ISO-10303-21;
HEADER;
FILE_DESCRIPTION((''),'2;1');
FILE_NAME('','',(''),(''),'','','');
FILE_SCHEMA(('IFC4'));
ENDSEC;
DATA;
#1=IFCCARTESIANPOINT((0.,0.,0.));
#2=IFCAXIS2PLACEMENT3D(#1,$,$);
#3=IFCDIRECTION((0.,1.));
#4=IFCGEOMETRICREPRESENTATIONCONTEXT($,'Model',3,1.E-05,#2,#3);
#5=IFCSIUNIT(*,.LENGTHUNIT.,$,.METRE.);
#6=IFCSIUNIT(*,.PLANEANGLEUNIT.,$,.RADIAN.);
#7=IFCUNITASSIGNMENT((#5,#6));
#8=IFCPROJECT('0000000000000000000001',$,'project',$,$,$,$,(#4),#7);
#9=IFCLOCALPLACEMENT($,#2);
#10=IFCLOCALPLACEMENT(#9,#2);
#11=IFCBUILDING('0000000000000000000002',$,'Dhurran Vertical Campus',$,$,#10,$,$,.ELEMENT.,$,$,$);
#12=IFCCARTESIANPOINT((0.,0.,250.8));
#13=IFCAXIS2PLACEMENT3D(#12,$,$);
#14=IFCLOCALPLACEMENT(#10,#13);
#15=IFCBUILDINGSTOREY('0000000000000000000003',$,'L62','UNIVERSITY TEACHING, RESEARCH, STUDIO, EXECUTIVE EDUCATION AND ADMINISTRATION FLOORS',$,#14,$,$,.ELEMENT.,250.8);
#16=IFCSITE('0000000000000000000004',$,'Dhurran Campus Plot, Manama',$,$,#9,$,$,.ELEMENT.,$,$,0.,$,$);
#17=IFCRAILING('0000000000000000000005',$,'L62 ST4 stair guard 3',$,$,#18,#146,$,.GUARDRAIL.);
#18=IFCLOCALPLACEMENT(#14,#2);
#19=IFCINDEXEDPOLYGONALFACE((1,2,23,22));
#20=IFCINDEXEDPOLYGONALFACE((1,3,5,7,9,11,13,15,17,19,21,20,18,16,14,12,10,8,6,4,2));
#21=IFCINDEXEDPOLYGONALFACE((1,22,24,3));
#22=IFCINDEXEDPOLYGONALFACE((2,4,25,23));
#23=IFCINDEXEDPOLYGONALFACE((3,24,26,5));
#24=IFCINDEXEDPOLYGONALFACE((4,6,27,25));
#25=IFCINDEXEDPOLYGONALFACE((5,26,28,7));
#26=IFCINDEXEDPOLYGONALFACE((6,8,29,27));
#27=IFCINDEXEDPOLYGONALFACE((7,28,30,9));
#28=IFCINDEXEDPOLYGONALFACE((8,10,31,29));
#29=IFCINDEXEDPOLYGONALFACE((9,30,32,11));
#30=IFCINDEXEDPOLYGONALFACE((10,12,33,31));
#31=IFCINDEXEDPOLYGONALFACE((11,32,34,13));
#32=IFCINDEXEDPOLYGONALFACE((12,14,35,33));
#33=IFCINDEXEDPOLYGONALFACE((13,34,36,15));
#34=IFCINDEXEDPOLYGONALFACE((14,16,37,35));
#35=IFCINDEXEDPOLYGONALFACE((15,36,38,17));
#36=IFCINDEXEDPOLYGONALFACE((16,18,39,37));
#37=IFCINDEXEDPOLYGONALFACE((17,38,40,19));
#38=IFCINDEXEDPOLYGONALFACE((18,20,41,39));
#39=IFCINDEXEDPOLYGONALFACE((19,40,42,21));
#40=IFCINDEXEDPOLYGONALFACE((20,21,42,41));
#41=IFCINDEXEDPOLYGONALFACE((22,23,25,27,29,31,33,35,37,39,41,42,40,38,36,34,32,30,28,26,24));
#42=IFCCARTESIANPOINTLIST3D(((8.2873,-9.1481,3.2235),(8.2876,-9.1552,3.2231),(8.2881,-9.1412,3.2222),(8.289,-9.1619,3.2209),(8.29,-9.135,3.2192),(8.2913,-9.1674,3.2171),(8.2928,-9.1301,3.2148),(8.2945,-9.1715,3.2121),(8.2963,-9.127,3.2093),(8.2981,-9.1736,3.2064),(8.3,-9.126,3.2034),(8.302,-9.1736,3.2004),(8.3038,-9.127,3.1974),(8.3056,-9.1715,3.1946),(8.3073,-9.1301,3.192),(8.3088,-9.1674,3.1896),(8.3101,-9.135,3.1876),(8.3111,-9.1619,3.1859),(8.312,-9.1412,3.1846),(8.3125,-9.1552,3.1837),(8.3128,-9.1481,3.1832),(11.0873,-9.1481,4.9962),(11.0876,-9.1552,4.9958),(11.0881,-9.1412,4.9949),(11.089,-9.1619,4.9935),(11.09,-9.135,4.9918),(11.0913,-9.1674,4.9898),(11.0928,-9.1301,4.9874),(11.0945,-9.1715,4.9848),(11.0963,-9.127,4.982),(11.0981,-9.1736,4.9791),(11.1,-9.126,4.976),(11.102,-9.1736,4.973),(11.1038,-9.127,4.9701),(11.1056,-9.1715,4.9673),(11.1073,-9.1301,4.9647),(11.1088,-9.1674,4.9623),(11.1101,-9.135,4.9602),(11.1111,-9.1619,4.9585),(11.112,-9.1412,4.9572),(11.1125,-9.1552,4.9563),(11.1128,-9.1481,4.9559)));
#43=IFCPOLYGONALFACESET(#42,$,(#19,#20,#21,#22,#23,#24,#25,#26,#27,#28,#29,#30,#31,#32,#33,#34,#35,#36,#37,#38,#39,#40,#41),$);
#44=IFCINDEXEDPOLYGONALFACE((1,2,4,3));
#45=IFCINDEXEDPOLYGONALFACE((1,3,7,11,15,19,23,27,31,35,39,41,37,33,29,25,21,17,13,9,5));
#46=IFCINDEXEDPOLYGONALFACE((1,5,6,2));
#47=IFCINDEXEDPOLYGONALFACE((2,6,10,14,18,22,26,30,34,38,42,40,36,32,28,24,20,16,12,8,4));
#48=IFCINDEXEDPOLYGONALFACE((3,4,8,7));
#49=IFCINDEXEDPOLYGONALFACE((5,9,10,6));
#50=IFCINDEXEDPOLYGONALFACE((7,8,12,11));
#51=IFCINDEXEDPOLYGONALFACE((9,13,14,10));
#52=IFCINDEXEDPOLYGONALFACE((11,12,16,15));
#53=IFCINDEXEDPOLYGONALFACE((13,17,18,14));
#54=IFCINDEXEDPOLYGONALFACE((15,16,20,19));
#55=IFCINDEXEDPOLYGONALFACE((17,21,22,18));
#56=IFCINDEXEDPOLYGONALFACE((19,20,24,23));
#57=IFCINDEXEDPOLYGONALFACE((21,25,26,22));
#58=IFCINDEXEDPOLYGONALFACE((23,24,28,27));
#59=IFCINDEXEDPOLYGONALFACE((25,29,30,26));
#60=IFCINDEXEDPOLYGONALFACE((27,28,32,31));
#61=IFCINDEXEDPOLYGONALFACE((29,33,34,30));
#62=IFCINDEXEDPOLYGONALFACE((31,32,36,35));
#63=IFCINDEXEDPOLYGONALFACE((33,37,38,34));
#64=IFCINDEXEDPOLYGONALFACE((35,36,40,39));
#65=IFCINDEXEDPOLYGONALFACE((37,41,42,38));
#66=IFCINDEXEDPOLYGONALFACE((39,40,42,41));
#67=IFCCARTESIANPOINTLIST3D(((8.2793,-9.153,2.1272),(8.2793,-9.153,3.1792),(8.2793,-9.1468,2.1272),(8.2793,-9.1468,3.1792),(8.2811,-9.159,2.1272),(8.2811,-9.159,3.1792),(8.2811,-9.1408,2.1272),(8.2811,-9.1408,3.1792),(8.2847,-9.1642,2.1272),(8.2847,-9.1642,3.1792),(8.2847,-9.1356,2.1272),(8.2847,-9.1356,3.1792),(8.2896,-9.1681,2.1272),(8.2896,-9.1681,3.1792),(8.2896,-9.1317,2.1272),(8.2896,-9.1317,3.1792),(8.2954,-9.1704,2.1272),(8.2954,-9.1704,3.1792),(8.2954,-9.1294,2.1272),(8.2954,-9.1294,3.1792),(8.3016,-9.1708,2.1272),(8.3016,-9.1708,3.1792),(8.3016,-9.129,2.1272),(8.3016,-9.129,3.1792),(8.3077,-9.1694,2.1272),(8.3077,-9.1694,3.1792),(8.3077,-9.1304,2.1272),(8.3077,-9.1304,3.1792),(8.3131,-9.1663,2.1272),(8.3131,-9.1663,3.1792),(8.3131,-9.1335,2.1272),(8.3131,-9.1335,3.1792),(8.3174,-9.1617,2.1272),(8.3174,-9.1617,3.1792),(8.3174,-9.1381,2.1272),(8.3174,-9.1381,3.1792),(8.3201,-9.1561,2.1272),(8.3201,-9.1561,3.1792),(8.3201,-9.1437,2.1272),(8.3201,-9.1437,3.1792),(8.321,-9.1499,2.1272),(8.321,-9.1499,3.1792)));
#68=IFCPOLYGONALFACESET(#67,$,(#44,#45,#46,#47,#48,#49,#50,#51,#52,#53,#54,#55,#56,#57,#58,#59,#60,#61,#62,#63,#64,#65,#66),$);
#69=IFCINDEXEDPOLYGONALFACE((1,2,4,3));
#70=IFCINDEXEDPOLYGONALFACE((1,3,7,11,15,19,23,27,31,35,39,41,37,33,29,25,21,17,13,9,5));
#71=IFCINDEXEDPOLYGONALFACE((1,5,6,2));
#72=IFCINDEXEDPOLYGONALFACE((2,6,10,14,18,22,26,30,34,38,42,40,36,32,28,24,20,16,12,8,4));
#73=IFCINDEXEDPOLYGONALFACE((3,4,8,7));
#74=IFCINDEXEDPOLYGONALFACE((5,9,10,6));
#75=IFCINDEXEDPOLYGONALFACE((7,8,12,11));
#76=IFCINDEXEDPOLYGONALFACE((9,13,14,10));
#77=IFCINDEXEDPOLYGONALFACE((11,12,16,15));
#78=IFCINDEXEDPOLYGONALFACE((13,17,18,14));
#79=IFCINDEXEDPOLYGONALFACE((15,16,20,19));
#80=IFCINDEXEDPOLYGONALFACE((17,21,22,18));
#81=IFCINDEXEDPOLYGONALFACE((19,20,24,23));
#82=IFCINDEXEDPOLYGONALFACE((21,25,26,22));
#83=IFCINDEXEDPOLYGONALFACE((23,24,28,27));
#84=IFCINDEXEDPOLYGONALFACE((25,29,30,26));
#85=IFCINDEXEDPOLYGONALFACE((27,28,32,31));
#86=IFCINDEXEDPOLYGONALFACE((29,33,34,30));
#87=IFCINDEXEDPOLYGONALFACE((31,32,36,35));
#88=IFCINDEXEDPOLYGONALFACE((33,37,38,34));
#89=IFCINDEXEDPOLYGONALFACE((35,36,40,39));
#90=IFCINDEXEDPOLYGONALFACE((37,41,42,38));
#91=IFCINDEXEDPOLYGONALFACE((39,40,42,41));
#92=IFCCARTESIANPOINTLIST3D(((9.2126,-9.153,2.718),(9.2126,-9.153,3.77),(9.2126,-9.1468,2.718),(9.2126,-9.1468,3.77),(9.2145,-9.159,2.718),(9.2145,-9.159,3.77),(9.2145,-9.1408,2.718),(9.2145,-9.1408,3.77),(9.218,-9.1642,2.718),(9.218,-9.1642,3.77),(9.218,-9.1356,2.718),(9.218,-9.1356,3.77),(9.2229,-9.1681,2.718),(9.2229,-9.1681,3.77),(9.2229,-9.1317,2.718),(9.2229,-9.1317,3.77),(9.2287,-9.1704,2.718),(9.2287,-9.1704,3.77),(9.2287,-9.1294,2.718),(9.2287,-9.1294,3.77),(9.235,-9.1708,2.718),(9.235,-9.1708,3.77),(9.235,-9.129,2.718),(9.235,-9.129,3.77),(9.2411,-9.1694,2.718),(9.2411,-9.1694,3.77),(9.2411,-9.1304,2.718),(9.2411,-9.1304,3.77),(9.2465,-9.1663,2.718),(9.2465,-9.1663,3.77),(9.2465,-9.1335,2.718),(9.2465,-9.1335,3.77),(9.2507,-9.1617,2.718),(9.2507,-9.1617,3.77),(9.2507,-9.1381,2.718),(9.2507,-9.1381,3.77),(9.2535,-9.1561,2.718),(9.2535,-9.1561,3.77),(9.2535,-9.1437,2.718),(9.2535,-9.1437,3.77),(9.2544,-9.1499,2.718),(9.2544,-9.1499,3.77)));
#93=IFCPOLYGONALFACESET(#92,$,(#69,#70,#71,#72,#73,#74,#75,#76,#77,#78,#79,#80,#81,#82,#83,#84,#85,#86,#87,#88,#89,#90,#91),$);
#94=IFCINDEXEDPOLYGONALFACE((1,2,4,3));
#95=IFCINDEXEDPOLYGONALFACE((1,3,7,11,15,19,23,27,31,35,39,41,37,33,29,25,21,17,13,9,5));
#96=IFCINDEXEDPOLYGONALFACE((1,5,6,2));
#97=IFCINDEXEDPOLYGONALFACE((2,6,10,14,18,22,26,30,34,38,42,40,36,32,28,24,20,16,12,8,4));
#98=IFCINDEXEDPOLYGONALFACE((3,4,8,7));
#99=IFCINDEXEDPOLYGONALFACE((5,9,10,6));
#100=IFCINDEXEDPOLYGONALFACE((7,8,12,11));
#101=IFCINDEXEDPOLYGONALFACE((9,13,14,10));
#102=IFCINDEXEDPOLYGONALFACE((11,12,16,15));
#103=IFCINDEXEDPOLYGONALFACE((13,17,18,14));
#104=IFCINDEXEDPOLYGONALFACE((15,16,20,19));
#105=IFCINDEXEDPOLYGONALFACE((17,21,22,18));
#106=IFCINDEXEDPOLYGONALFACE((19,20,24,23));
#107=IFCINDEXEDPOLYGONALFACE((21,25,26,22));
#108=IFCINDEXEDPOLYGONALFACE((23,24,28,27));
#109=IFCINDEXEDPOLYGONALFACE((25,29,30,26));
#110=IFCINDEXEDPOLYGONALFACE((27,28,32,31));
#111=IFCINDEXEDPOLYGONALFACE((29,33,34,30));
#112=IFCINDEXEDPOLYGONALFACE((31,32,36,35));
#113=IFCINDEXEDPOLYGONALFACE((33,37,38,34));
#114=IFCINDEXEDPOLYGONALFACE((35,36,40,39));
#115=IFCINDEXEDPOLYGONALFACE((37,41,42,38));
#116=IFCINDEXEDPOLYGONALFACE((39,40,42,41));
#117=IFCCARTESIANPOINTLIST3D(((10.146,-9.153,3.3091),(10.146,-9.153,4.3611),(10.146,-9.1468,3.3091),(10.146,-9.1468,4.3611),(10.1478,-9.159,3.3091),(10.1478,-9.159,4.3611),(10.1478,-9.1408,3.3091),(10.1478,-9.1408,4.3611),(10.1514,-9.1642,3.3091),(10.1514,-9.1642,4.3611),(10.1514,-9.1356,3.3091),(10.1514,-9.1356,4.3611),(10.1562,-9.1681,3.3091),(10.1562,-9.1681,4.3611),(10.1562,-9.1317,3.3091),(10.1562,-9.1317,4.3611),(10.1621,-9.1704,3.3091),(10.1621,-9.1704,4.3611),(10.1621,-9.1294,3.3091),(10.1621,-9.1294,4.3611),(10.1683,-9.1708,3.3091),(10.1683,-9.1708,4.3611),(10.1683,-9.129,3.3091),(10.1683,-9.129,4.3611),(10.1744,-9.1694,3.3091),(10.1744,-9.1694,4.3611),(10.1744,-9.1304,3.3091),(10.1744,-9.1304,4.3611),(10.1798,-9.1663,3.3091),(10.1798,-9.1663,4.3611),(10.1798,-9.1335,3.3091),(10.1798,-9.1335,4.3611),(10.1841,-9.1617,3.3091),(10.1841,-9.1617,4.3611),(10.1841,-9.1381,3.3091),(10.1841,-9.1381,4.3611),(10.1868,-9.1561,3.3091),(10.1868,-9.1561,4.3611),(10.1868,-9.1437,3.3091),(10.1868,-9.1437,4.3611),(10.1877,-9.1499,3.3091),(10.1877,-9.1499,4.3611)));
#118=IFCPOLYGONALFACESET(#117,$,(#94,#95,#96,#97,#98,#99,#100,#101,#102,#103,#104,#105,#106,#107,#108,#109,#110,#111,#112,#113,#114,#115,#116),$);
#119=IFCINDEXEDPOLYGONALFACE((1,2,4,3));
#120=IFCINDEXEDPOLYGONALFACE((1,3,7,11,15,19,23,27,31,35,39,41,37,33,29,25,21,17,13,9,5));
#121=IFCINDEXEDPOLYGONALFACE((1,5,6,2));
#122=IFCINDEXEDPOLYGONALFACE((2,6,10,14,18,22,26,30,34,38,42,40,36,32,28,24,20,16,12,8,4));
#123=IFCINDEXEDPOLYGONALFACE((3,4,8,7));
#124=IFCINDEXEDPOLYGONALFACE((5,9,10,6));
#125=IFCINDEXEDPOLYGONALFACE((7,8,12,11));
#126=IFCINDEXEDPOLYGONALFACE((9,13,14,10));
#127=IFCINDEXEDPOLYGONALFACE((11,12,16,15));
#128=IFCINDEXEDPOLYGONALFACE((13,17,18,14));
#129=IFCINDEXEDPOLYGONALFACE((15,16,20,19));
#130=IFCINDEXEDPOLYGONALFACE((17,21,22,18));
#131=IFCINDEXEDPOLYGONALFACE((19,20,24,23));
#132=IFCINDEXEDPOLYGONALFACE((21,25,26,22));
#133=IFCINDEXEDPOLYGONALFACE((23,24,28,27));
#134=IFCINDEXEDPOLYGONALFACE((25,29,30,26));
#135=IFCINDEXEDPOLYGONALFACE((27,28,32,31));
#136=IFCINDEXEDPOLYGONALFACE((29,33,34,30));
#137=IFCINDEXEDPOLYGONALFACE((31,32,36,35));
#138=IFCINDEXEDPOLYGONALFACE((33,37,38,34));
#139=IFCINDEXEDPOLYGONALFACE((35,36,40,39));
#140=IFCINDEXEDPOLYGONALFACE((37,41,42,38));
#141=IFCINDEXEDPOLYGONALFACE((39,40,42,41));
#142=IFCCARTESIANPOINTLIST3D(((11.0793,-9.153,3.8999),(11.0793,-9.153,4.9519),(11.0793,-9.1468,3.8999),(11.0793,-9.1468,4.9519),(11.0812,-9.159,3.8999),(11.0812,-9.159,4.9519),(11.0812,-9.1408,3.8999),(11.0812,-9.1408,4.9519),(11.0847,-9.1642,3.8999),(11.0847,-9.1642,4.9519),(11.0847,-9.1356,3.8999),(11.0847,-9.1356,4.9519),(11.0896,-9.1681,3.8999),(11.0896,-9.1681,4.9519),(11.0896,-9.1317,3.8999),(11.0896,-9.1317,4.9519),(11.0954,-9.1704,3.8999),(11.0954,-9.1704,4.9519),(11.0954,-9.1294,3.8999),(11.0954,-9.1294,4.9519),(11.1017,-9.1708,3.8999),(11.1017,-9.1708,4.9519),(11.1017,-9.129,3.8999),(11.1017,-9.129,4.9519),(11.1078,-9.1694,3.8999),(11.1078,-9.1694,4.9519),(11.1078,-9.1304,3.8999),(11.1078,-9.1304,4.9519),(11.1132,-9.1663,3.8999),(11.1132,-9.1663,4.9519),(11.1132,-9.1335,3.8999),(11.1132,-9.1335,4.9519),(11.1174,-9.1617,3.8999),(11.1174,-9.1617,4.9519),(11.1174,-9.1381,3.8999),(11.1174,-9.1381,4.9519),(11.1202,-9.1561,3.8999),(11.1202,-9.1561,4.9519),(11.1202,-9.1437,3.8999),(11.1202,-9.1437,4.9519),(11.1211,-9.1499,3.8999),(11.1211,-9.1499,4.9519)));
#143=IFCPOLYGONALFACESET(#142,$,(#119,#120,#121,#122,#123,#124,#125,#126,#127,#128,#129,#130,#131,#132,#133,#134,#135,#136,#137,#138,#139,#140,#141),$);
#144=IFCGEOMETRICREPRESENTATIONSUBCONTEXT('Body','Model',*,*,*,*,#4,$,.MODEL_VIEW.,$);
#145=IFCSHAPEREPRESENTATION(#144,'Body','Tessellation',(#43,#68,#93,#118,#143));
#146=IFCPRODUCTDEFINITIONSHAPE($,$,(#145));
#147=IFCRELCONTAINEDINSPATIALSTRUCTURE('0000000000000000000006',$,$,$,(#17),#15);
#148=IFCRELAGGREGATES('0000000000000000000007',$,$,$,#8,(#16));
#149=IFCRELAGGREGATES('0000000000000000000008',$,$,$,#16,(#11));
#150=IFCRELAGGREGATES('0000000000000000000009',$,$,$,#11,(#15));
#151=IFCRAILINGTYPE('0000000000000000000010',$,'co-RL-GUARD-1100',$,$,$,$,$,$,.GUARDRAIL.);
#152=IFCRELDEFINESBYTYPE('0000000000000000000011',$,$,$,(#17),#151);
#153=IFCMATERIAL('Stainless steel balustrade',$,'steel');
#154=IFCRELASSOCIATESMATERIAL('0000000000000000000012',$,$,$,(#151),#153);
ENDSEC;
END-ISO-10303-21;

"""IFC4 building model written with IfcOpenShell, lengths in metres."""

from ifc_helpers import new_model, si_unit, direction, frame, origin, origin_2d, place, context, subcontext, project, spatial, circle, extrude, material, type_object, element, save


model = new_model("IFC4")

# Units and contexts
model_context = context("Model", 3, precision=1e-05, world=origin(), true_north=direction((0.0, 1.0)))
body_context = subcontext(model_context, "Body", "Model", "MODEL_VIEW")
ifc_project = project(units=[si_unit("LENGTHUNIT", "METRE"), si_unit("PLANEANGLEUNIT", "RADIAN")], contexts=[model_context])

# Site, building, storey
site_placement = place(None, origin())
site = spatial("IfcSite", under=ifc_project, at=site_placement, Name="Dhurran Campus Plot, Manama", CompositionType="ELEMENT", RefElevation=0.0)
building_placement = place(site_placement, origin())
building = spatial("IfcBuilding", under=site, at=building_placement, Name="Dhurran Vertical Campus", CompositionType="ELEMENT")
storey_placement = place(building_placement, frame((0.0, 0.0, 250.8)))
storey = spatial("IfcBuildingStorey", under=building, at=storey_placement, Name="L62", Description="UNIVERSITY TEACHING, RESEARCH, STUDIO, EXECUTIVE EDUCATION AND ADMINISTRATION FLOORS", CompositionType="ELEMENT", Elevation=250.8)

# Railing
ifc_material_1 = material(Name="Stainless steel balustrade", Category="steel")
railing_type_1 = type_object("IfcRailingType", Name="co-RL-GUARD-1100", PredefinedType="GUARDRAIL", material=ifc_material_1)
railing_1_placement = place(storey_placement, frame((8.3, -9.1499, 2.1272)))
element("IfcRailing", 1, at=railing_1_placement, inside=storey, type_object=railing_type_1, Name="L62 ST4 stair guard 3", PredefinedType="GUARDRAIL", context=body_context, shape_type="SweptSolid", body=[
    extrude(circle(Radius=0.0239, at=origin_2d()), frame((0.0, 0.0, 1.0762), z_axis=(0.844909, 0.0, 0.53491), x_axis=(0.0, 1.0, 0.0)), (0.0, 0.0, 1.0), 3.314),
    extrude(circle(Radius=0.021, at=origin_2d()), origin(), (0.0, 0.0, 1.0), 1.052),
    extrude(circle(Radius=0.021, at=origin_2d()), frame((0.9333, 0.0, 0.5908)), (0.0, 0.0, 1.0), 1.052),
    extrude(circle(Radius=0.021, at=origin_2d()), frame((1.8667, 0.0, 1.1819)), (0.0, 0.0, 1.0), 1.052),
    extrude(circle(Radius=0.021, at=origin_2d()), frame((2.8, 0.0, 1.7727)), (0.0, 0.0, 1.0), 1.052),
])

save(model, "model.ifc")
